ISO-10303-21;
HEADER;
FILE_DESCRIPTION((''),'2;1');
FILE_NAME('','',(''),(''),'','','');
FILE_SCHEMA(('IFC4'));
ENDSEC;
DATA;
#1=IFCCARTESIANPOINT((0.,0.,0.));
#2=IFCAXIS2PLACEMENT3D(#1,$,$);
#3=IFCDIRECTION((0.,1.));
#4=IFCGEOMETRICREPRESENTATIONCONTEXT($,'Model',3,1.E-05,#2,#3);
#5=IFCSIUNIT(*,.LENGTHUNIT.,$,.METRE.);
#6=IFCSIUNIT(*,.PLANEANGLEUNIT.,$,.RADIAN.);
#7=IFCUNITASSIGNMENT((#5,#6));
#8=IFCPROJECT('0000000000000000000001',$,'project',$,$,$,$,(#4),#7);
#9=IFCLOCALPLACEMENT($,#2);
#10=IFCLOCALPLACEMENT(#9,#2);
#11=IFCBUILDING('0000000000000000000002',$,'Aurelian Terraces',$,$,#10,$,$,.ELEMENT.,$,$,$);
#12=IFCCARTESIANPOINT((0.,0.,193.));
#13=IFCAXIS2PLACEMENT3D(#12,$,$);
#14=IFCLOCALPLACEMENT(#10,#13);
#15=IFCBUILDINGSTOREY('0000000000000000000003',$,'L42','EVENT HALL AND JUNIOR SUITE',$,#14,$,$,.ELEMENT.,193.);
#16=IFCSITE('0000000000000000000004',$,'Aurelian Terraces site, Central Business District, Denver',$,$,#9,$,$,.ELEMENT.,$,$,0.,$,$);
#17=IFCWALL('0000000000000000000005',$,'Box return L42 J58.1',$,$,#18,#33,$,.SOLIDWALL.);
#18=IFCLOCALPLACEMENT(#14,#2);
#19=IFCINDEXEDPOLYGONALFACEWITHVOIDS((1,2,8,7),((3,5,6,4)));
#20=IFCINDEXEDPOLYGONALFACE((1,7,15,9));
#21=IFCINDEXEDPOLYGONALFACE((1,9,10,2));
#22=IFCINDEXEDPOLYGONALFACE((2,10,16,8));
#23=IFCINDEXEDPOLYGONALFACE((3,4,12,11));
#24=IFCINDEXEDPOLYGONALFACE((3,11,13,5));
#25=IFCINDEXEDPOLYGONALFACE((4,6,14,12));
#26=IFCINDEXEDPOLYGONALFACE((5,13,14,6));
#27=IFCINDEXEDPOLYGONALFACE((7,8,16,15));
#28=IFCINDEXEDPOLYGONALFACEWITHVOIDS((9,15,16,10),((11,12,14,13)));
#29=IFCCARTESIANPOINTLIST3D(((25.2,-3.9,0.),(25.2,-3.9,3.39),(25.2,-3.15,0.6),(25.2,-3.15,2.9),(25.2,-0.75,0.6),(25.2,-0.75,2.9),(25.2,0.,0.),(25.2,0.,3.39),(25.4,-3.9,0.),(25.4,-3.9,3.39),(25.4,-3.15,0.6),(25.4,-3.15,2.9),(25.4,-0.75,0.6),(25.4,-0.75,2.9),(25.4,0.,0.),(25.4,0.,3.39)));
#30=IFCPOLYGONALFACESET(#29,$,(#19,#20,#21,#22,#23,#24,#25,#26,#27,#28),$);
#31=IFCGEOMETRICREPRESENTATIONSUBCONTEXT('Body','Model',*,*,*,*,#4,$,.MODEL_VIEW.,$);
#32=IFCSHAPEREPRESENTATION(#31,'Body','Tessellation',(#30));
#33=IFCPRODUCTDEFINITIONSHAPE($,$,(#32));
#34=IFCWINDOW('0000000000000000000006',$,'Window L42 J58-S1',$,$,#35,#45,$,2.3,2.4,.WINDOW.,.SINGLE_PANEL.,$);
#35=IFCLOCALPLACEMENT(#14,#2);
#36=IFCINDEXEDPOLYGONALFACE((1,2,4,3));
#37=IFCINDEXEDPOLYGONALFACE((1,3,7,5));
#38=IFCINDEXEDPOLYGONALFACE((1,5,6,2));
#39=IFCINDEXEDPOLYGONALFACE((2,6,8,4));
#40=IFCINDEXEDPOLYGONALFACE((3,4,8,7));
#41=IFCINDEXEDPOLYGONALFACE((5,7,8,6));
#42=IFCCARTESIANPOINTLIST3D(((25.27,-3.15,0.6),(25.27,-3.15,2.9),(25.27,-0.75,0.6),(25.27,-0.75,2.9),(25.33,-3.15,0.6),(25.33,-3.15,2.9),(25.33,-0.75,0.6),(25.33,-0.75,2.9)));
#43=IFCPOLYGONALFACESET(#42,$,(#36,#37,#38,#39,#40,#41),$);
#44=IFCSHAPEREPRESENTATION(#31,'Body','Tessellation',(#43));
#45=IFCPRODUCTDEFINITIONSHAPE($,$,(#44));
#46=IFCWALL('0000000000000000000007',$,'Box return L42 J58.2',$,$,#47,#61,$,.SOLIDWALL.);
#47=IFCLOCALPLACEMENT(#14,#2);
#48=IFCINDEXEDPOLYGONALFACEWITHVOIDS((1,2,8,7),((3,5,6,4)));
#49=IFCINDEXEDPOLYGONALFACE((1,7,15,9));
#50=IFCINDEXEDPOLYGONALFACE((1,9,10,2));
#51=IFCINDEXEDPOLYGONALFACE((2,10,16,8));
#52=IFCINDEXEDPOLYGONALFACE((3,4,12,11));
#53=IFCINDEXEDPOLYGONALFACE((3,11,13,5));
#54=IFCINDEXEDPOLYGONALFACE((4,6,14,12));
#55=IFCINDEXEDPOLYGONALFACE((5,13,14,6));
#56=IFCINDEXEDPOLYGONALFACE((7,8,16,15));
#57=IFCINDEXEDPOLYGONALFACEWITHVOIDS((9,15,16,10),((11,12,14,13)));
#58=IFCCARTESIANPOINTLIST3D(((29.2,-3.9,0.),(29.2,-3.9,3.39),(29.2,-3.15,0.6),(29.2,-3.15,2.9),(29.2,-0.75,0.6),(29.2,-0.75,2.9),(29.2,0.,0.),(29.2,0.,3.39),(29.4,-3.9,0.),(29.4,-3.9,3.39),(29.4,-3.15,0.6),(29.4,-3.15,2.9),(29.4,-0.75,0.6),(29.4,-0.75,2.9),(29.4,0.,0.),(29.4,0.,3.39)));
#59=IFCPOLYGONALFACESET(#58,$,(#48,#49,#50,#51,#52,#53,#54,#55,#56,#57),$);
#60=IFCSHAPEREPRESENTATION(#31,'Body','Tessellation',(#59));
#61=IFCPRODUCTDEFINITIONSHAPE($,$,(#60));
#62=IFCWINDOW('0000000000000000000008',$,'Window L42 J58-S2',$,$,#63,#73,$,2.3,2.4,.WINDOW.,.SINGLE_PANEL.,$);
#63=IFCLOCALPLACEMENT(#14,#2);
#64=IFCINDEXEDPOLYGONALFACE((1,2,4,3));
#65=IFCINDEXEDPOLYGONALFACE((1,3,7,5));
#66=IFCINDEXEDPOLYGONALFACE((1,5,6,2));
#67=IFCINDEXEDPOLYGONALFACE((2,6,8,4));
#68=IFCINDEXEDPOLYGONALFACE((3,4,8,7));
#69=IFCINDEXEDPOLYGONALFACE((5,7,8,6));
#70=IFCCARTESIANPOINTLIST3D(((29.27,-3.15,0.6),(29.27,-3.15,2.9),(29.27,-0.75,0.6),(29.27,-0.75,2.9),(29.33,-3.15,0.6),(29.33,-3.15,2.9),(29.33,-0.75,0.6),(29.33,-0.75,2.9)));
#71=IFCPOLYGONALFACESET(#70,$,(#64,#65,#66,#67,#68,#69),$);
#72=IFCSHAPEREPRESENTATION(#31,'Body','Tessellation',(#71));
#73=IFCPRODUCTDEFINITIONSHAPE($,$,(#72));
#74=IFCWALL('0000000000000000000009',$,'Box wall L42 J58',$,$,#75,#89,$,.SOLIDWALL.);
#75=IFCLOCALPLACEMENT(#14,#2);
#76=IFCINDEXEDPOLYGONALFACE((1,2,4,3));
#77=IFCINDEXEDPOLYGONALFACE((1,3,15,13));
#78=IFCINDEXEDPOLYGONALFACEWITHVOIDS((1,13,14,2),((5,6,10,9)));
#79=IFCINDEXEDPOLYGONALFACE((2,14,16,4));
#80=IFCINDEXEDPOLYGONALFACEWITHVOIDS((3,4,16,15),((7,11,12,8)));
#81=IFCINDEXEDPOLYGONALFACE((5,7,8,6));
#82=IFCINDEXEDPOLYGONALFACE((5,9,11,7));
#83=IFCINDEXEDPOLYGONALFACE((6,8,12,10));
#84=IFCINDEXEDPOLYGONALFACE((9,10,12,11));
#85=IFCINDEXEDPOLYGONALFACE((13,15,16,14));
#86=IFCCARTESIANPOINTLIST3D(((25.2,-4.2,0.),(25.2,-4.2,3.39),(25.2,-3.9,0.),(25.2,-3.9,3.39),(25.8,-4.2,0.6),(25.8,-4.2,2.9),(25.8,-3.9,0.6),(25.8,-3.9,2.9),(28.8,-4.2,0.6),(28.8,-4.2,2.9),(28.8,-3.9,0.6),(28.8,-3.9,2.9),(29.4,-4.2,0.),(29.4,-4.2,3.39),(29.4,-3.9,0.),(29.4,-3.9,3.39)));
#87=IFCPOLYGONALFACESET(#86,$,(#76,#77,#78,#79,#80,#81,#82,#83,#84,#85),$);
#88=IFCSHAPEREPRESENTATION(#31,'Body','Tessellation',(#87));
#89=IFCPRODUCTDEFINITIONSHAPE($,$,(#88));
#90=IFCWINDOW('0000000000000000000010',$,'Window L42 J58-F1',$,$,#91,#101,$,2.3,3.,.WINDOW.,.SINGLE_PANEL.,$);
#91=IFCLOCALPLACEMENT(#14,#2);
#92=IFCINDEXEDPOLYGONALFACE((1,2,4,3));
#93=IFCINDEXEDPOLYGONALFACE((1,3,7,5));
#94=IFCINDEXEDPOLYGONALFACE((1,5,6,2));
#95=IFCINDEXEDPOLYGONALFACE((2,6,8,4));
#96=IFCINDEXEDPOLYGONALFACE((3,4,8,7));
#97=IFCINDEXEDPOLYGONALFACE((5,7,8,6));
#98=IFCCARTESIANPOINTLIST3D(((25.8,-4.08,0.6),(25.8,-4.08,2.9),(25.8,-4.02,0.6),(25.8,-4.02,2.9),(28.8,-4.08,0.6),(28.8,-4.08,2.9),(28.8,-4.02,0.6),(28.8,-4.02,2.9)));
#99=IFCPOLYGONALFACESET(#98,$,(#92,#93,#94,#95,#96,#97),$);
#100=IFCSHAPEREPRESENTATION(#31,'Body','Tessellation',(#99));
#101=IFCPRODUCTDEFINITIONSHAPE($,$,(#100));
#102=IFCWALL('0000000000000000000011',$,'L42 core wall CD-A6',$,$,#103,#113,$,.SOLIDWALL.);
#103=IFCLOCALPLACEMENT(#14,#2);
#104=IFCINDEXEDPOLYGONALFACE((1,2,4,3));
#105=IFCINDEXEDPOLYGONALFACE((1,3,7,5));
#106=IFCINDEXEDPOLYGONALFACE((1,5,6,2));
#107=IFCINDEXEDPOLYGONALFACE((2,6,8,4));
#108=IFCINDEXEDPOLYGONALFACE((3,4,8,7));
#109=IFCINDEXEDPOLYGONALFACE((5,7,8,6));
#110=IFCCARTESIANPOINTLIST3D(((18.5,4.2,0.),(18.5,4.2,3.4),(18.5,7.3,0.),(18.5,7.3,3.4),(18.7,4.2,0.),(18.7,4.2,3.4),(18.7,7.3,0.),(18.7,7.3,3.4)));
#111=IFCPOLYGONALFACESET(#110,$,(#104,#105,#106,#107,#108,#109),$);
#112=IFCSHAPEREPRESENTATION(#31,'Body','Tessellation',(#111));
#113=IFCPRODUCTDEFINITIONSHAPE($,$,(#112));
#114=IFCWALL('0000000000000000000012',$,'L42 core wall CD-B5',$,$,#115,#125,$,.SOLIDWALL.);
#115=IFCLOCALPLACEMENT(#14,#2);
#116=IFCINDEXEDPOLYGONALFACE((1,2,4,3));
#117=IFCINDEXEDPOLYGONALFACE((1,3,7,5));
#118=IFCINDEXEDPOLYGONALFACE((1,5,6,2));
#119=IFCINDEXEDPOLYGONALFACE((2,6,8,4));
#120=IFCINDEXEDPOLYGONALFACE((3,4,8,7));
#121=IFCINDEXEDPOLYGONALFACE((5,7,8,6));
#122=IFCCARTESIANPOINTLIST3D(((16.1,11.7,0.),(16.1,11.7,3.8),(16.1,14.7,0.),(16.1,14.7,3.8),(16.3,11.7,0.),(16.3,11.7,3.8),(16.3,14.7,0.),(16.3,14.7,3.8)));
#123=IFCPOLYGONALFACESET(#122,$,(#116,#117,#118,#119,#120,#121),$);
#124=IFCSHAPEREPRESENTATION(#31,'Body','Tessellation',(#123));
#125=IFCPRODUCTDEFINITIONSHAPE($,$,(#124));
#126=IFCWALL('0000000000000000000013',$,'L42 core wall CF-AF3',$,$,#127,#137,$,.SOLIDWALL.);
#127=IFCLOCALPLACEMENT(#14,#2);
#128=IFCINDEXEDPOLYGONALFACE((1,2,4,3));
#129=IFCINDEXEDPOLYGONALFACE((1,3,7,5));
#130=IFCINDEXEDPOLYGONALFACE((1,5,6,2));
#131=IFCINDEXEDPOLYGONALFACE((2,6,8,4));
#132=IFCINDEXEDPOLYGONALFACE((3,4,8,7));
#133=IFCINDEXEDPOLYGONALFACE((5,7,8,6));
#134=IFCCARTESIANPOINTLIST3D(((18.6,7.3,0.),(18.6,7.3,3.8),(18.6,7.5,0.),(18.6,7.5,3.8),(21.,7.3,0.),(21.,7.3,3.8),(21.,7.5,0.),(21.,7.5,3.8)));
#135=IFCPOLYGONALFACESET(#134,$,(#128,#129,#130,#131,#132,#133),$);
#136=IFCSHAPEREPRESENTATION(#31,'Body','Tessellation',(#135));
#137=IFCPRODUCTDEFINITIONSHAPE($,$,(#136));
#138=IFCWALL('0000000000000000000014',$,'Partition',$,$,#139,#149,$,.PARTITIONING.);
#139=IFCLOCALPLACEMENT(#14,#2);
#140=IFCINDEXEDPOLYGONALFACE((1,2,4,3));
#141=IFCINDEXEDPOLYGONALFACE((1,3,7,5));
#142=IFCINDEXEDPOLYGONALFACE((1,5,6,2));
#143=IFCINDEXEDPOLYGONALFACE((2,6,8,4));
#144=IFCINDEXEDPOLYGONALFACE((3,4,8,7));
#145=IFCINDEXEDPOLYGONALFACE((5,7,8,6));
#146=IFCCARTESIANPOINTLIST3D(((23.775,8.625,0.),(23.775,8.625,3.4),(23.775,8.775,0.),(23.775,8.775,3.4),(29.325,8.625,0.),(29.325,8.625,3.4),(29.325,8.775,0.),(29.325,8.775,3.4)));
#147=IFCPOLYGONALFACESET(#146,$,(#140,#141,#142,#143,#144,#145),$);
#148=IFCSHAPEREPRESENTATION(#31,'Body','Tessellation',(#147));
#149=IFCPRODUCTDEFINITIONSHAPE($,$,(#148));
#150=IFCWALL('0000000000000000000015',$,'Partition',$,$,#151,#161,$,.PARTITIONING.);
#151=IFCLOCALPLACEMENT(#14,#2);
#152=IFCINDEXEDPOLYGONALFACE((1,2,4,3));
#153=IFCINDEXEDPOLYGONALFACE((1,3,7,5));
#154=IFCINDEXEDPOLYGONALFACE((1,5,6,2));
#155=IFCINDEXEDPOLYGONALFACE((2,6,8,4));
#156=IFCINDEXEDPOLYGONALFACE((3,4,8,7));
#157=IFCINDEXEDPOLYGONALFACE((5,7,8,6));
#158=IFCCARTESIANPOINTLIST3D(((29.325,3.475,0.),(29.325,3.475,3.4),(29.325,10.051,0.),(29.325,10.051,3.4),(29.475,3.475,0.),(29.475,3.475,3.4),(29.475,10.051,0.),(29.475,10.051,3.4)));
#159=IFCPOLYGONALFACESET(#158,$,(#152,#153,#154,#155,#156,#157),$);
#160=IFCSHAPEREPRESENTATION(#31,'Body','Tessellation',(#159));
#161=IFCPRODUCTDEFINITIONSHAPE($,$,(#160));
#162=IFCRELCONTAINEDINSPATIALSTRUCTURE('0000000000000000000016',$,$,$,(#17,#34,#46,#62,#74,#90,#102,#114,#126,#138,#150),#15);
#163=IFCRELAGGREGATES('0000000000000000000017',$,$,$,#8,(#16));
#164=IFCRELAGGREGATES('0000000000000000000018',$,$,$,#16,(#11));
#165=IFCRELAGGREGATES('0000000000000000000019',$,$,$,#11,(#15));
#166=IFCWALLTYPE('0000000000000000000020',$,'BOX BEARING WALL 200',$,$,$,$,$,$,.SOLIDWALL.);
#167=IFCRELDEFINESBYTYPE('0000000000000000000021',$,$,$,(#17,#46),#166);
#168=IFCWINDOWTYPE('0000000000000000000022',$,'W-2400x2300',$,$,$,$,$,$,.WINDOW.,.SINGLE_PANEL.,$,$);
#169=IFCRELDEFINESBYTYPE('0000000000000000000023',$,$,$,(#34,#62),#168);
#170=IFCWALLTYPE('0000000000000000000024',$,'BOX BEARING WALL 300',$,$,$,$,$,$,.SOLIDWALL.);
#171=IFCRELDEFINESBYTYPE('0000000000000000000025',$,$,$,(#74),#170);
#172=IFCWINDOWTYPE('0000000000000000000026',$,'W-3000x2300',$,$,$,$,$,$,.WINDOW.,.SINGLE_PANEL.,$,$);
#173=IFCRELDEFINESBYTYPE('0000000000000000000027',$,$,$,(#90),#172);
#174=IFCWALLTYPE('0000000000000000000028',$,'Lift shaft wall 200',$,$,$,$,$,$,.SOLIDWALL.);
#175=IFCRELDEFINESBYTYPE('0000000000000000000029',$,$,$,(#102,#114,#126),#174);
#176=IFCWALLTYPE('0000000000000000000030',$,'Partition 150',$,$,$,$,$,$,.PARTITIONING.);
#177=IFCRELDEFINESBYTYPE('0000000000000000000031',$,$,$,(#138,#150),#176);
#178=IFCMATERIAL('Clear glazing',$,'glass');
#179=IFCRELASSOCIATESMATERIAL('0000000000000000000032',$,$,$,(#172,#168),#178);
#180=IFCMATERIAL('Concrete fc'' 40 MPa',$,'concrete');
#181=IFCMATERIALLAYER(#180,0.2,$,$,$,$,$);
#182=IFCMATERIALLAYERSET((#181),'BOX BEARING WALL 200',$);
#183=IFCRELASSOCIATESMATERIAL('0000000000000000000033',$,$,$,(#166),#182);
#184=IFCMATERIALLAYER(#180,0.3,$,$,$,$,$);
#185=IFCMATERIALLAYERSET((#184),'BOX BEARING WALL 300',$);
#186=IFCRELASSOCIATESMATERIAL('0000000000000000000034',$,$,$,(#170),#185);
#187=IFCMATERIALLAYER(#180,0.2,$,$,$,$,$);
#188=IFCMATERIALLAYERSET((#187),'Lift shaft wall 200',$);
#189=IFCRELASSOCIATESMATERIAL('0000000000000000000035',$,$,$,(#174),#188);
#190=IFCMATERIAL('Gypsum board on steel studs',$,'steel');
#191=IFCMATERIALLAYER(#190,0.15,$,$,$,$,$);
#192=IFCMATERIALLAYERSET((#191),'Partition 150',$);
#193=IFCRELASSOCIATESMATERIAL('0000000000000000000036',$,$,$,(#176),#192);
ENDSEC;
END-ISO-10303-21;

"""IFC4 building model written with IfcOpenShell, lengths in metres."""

from ifc_helpers import new_model, si_unit, direction, frame, frame_2d, origin, place, context, subcontext, project, spatial, rectangle, extrude, source, transform, mapped, material, layer, layer_set, type_object, element, fill, save


model = new_model("IFC4")

# Units and contexts
model_context = context("Model", 3, precision=1e-05, world=origin(), true_north=direction((0.0, 1.0)))
body_context = subcontext(model_context, "Body", "Model", "MODEL_VIEW")
ifc_project = project(units=[si_unit("LENGTHUNIT", "METRE"), si_unit("PLANEANGLEUNIT", "RADIAN")], contexts=[model_context])

# Site, building, storey
site_placement = place(None, origin())
site = spatial("IfcSite", under=ifc_project, at=site_placement, Name="Aurelian Terraces site, Central Business District, Denver", CompositionType="ELEMENT", RefElevation=0.0)
building_placement = place(site_placement, origin())
building = spatial("IfcBuilding", under=site, at=building_placement, Name="Aurelian Terraces", CompositionType="ELEMENT")
storey_placement = place(building_placement, frame((0.0, 0.0, 193.0)))
storey = spatial("IfcBuildingStorey", under=building, at=storey_placement, Name="L42", Description="EVENT HALL AND JUNIOR SUITE", CompositionType="ELEMENT", Elevation=193.0)

# Shared definitions
ifc_material_1 = material(Name="Gypsum board on steel studs", Category="steel")

# Shared definitions
shared_shape_1 = source(origin(), body_context, "Body", "SweptSolid", [
    extrude(rectangle(XDim=3.0, YDim=2.3, at=frame_2d((1.5, 1.15))), frame((0.0, 0.16, 0.0), z_axis=(0.0, -1.0, 0.0), x_axis=(1.0, 0.0, 0.0)), (0.0, 0.0, 1.0), 0.32),
])
ifc_material_2 = material(Name="Clear glazing", Category="glass")
window_type_1 = type_object("IfcWindowType", Name="W-3000x2300", PartitioningType="SINGLE_PANEL", PredefinedType="WINDOW", material=ifc_material_2)
shared_shape_2 = source(origin(), body_context, "Body", "SweptSolid", [
    extrude(rectangle(XDim=3.0, YDim=2.3, at=frame_2d((1.5, 1.15))), frame((0.0, 0.03, 0.0), z_axis=(0.0, -1.0, 0.0), x_axis=(1.0, 0.0, 0.0)), (0.0, 0.0, 1.0), 0.06),
])

# Walls, openings, windows
ifc_material_3 = material(Name="Concrete fc' 40 MPa", Category="concrete")
ifc_layer_1 = layer(ifc_material_3, 0.2)
ifc_layer_set_1 = layer_set([ifc_layer_1], Name="BOX BEARING WALL 200")
wall_type_1 = type_object("IfcWallType", Name="BOX BEARING WALL 200", PredefinedType="SOLIDWALL", material=ifc_layer_set_1)
shared_shape_3 = source(origin(), body_context, "Body", "SweptSolid", [
    extrude(rectangle(XDim=3.9, YDim=0.2, at=frame_2d((1.95, 0.0))), origin(), (0.0, 0.0, 1.0), 3.39),
])
wall_1_placement = place(storey_placement, frame((25.3, 0.0, 0.0), z_axis=(0.0, 0.0, 1.0), x_axis=(0.0, -1.0, 0.0)))
wall_1 = element("IfcWall", 1, at=wall_1_placement, inside=storey, type_object=wall_type_1, Name="Box return L42 J58.1", PredefinedType="SOLIDWALL", context=body_context, shape_type="MappedRepresentation", body=[
    mapped(shared_shape_3, transform((0.0, 0.0, 0.0), scale=1.0)),
])
shared_shape_4 = source(origin(), body_context, "Body", "SweptSolid", [
    extrude(rectangle(XDim=2.4, YDim=2.3, at=frame_2d((1.2, 1.15))), frame((0.0, 0.11, 0.0), z_axis=(0.0, -1.0, 0.0), x_axis=(1.0, 0.0, 0.0)), (0.0, 0.0, 1.0), 0.22),
])
opening_1_placement = place(wall_1_placement, frame((0.75, 0.0, 0.6)))
opening_1 = element("IfcOpeningElement", 2, at=opening_1_placement, cuts=wall_1, PredefinedType="OPENING", context=body_context, shape_type="MappedRepresentation", body=[
    mapped(shared_shape_4, transform((0.0, 0.0, 0.0), scale=1.0)),
])
window_type_2 = type_object("IfcWindowType", Name="W-2400x2300", PartitioningType="SINGLE_PANEL", PredefinedType="WINDOW", material=ifc_material_2)
shared_shape_5 = source(origin(), body_context, "Body", "SweptSolid", [
    extrude(rectangle(XDim=2.4, YDim=2.3, at=frame_2d((1.2, 1.15))), frame((0.0, 0.03, 0.0), z_axis=(0.0, -1.0, 0.0), x_axis=(1.0, 0.0, 0.0)), (0.0, 0.0, 1.0), 0.06),
])
window_1_placement = place(opening_1_placement, origin())
window_1 = element("IfcWindow", 3, at=window_1_placement, inside=storey, type_object=window_type_2, Name="Window L42 J58-S1", OverallHeight=2.3, OverallWidth=2.4, PartitioningType="SINGLE_PANEL", PredefinedType="WINDOW", context=body_context, shape_type="MappedRepresentation", body=[
    mapped(shared_shape_5, transform((0.0, 0.0, 0.0), scale=1.0)),
])
fill(opening_1, window_1)
wall_2_placement = place(storey_placement, frame((29.3, 0.0, 0.0), z_axis=(0.0, 0.0, 1.0), x_axis=(0.0, -1.0, 0.0)))
wall_2 = element("IfcWall", 4, at=wall_2_placement, inside=storey, type_object=wall_type_1, Name="Box return L42 J58.2", PredefinedType="SOLIDWALL", context=body_context, shape_type="MappedRepresentation", body=[
    mapped(shared_shape_3, transform((0.0, 0.0, 0.0), scale=1.0)),
])
opening_2_placement = place(wall_2_placement, frame((0.75, 0.0, 0.6)))
opening_2 = element("IfcOpeningElement", 5, at=opening_2_placement, cuts=wall_2, PredefinedType="OPENING", context=body_context, shape_type="MappedRepresentation", body=[
    mapped(shared_shape_4, transform((0.0, 0.0, 0.0), scale=1.0)),
])
window_2_placement = place(opening_2_placement, origin())
window_2 = element("IfcWindow", 6, at=window_2_placement, inside=storey, type_object=window_type_2, Name="Window L42 J58-S2", OverallHeight=2.3, OverallWidth=2.4, PartitioningType="SINGLE_PANEL", PredefinedType="WINDOW", context=body_context, shape_type="MappedRepresentation", body=[
    mapped(shared_shape_5, transform((0.0, 0.0, 0.0), scale=1.0)),
])
fill(opening_2, window_2)
ifc_layer_2 = layer(ifc_material_3, 0.3)
ifc_layer_set_2 = layer_set([ifc_layer_2], Name="BOX BEARING WALL 300")
wall_type_2 = type_object("IfcWallType", Name="BOX BEARING WALL 300", PredefinedType="SOLIDWALL", material=ifc_layer_set_2)
shared_shape_6 = source(origin(), body_context, "Body", "SweptSolid", [
    extrude(rectangle(XDim=4.2, YDim=0.3, at=frame_2d((2.1, 0.0))), origin(), (0.0, 0.0, 1.0), 3.39),
])
wall_3_placement = place(storey_placement, frame((25.2, -4.05, 0.0), z_axis=(0.0, 0.0, 1.0), x_axis=(1.0, 0.0, 0.0)))
wall_3 = element("IfcWall", 7, at=wall_3_placement, inside=storey, type_object=wall_type_2, Name="Box wall L42 J58", PredefinedType="SOLIDWALL", context=body_context, shape_type="MappedRepresentation", body=[
    mapped(shared_shape_6, transform((0.0, 0.0, 0.0), scale=1.0)),
])
opening_3_placement = place(wall_3_placement, frame((0.6, 0.0, 0.6)))
opening_3 = element("IfcOpeningElement", 8, at=opening_3_placement, cuts=wall_3, PredefinedType="OPENING", context=body_context, shape_type="MappedRepresentation", body=[
    mapped(shared_shape_1, transform((0.0, 0.0, 0.0), scale=1.0)),
])
window_3_placement = place(opening_3_placement, origin())
window_3 = element("IfcWindow", 9, at=window_3_placement, inside=storey, type_object=window_type_1, Name="Window L42 J58-F1", OverallHeight=2.3, OverallWidth=3.0, PartitioningType="SINGLE_PANEL", PredefinedType="WINDOW", context=body_context, shape_type="MappedRepresentation", body=[
    mapped(shared_shape_2, transform((0.0, 0.0, 0.0), scale=1.0)),
])
fill(opening_3, window_3)

# Walls
ifc_layer_3 = layer(ifc_material_3, 0.2)
ifc_layer_set_3 = layer_set([ifc_layer_3], Name="Lift shaft wall 200")
wall_type_3 = type_object("IfcWallType", Name="Lift shaft wall 200", PredefinedType="SOLIDWALL", material=ifc_layer_set_3)
shared_shape_7 = source(origin(), body_context, "Body", "SweptSolid", [
    extrude(rectangle(XDim=3.1, YDim=0.2, at=frame_2d((1.55, 0.0))), origin(), (0.0, 0.0, 1.0), 3.4),
])
wall_4_placement = place(storey_placement, frame((18.6, 4.2, 0.0), z_axis=(0.0, 0.0, 1.0), x_axis=(0.0, 1.0, 0.0)))
element("IfcWall", 10, at=wall_4_placement, inside=storey, type_object=wall_type_3, Name="L42 core wall CD-A6", PredefinedType="SOLIDWALL", context=body_context, shape_type="MappedRepresentation", body=[
    mapped(shared_shape_7, transform((0.0, 0.0, 0.0), scale=1.0)),
])
shared_shape_8 = source(origin(), body_context, "Body", "SweptSolid", [
    extrude(rectangle(XDim=3.0, YDim=0.2, at=frame_2d((1.5, 0.0))), origin(), (0.0, 0.0, 1.0), 3.8),
])
wall_5_placement = place(storey_placement, frame((16.2, 11.7, 0.0), z_axis=(0.0, 0.0, 1.0), x_axis=(0.0, 1.0, 0.0)))
element("IfcWall", 11, at=wall_5_placement, inside=storey, type_object=wall_type_3, Name="L42 core wall CD-B5", PredefinedType="SOLIDWALL", context=body_context, shape_type="MappedRepresentation", body=[
    mapped(shared_shape_8, transform((0.0, 0.0, 0.0), scale=1.0)),
])
shared_shape_9 = source(origin(), body_context, "Body", "SweptSolid", [
    extrude(rectangle(XDim=2.4, YDim=0.2, at=frame_2d((1.2, 0.0))), origin(), (0.0, 0.0, 1.0), 3.8),
])
wall_6_placement = place(storey_placement, frame((18.6, 7.4, 0.0), z_axis=(0.0, 0.0, 1.0), x_axis=(1.0, 0.0, 0.0)))
element("IfcWall", 12, at=wall_6_placement, inside=storey, type_object=wall_type_3, Name="L42 core wall CF-AF3", PredefinedType="SOLIDWALL", context=body_context, shape_type="MappedRepresentation", body=[
    mapped(shared_shape_9, transform((0.0, 0.0, 0.0), scale=1.0)),
])
ifc_layer_4 = layer(ifc_material_1, 0.15)
ifc_layer_set_4 = layer_set([ifc_layer_4], Name="Partition 150")
wall_type_4 = type_object("IfcWallType", Name="Partition 150", PredefinedType="PARTITIONING", material=ifc_layer_set_4)
shared_shape_10 = source(origin(), body_context, "Body", "SweptSolid", [
    extrude(rectangle(XDim=5.55, YDim=0.15, at=frame_2d((2.775, 0.0))), origin(), (0.0, 0.0, 1.0), 3.4),
])
wall_7_placement = place(storey_placement, frame((29.325, 8.7, 0.0), z_axis=(0.0, 0.0, 1.0), x_axis=(-1.0, 0.0, 0.0)))
element("IfcWall", 13, at=wall_7_placement, inside=storey, type_object=wall_type_4, Name="Partition", PredefinedType="PARTITIONING", context=body_context, shape_type="MappedRepresentation", body=[
    mapped(shared_shape_10, transform((0.0, 0.0, 0.0), scale=1.0)),
])
shared_shape_11 = source(origin(), body_context, "Body", "SweptSolid", [
    extrude(rectangle(XDim=6.576, YDim=0.15, at=frame_2d((3.288, 0.0))), origin(), (0.0, 0.0, 1.0), 3.4),
])
wall_8_placement = place(storey_placement, frame((29.4, 3.475, 0.0), z_axis=(0.0, 0.0, 1.0), x_axis=(0.0, 1.0, 0.0)))
element("IfcWall", 14, at=wall_8_placement, inside=storey, type_object=wall_type_4, Name="Partition", PredefinedType="PARTITIONING", context=body_context, shape_type="MappedRepresentation", body=[
    mapped(shared_shape_11, transform((0.0, 0.0, 0.0), scale=1.0)),
])

save(model, "model.ifc")
